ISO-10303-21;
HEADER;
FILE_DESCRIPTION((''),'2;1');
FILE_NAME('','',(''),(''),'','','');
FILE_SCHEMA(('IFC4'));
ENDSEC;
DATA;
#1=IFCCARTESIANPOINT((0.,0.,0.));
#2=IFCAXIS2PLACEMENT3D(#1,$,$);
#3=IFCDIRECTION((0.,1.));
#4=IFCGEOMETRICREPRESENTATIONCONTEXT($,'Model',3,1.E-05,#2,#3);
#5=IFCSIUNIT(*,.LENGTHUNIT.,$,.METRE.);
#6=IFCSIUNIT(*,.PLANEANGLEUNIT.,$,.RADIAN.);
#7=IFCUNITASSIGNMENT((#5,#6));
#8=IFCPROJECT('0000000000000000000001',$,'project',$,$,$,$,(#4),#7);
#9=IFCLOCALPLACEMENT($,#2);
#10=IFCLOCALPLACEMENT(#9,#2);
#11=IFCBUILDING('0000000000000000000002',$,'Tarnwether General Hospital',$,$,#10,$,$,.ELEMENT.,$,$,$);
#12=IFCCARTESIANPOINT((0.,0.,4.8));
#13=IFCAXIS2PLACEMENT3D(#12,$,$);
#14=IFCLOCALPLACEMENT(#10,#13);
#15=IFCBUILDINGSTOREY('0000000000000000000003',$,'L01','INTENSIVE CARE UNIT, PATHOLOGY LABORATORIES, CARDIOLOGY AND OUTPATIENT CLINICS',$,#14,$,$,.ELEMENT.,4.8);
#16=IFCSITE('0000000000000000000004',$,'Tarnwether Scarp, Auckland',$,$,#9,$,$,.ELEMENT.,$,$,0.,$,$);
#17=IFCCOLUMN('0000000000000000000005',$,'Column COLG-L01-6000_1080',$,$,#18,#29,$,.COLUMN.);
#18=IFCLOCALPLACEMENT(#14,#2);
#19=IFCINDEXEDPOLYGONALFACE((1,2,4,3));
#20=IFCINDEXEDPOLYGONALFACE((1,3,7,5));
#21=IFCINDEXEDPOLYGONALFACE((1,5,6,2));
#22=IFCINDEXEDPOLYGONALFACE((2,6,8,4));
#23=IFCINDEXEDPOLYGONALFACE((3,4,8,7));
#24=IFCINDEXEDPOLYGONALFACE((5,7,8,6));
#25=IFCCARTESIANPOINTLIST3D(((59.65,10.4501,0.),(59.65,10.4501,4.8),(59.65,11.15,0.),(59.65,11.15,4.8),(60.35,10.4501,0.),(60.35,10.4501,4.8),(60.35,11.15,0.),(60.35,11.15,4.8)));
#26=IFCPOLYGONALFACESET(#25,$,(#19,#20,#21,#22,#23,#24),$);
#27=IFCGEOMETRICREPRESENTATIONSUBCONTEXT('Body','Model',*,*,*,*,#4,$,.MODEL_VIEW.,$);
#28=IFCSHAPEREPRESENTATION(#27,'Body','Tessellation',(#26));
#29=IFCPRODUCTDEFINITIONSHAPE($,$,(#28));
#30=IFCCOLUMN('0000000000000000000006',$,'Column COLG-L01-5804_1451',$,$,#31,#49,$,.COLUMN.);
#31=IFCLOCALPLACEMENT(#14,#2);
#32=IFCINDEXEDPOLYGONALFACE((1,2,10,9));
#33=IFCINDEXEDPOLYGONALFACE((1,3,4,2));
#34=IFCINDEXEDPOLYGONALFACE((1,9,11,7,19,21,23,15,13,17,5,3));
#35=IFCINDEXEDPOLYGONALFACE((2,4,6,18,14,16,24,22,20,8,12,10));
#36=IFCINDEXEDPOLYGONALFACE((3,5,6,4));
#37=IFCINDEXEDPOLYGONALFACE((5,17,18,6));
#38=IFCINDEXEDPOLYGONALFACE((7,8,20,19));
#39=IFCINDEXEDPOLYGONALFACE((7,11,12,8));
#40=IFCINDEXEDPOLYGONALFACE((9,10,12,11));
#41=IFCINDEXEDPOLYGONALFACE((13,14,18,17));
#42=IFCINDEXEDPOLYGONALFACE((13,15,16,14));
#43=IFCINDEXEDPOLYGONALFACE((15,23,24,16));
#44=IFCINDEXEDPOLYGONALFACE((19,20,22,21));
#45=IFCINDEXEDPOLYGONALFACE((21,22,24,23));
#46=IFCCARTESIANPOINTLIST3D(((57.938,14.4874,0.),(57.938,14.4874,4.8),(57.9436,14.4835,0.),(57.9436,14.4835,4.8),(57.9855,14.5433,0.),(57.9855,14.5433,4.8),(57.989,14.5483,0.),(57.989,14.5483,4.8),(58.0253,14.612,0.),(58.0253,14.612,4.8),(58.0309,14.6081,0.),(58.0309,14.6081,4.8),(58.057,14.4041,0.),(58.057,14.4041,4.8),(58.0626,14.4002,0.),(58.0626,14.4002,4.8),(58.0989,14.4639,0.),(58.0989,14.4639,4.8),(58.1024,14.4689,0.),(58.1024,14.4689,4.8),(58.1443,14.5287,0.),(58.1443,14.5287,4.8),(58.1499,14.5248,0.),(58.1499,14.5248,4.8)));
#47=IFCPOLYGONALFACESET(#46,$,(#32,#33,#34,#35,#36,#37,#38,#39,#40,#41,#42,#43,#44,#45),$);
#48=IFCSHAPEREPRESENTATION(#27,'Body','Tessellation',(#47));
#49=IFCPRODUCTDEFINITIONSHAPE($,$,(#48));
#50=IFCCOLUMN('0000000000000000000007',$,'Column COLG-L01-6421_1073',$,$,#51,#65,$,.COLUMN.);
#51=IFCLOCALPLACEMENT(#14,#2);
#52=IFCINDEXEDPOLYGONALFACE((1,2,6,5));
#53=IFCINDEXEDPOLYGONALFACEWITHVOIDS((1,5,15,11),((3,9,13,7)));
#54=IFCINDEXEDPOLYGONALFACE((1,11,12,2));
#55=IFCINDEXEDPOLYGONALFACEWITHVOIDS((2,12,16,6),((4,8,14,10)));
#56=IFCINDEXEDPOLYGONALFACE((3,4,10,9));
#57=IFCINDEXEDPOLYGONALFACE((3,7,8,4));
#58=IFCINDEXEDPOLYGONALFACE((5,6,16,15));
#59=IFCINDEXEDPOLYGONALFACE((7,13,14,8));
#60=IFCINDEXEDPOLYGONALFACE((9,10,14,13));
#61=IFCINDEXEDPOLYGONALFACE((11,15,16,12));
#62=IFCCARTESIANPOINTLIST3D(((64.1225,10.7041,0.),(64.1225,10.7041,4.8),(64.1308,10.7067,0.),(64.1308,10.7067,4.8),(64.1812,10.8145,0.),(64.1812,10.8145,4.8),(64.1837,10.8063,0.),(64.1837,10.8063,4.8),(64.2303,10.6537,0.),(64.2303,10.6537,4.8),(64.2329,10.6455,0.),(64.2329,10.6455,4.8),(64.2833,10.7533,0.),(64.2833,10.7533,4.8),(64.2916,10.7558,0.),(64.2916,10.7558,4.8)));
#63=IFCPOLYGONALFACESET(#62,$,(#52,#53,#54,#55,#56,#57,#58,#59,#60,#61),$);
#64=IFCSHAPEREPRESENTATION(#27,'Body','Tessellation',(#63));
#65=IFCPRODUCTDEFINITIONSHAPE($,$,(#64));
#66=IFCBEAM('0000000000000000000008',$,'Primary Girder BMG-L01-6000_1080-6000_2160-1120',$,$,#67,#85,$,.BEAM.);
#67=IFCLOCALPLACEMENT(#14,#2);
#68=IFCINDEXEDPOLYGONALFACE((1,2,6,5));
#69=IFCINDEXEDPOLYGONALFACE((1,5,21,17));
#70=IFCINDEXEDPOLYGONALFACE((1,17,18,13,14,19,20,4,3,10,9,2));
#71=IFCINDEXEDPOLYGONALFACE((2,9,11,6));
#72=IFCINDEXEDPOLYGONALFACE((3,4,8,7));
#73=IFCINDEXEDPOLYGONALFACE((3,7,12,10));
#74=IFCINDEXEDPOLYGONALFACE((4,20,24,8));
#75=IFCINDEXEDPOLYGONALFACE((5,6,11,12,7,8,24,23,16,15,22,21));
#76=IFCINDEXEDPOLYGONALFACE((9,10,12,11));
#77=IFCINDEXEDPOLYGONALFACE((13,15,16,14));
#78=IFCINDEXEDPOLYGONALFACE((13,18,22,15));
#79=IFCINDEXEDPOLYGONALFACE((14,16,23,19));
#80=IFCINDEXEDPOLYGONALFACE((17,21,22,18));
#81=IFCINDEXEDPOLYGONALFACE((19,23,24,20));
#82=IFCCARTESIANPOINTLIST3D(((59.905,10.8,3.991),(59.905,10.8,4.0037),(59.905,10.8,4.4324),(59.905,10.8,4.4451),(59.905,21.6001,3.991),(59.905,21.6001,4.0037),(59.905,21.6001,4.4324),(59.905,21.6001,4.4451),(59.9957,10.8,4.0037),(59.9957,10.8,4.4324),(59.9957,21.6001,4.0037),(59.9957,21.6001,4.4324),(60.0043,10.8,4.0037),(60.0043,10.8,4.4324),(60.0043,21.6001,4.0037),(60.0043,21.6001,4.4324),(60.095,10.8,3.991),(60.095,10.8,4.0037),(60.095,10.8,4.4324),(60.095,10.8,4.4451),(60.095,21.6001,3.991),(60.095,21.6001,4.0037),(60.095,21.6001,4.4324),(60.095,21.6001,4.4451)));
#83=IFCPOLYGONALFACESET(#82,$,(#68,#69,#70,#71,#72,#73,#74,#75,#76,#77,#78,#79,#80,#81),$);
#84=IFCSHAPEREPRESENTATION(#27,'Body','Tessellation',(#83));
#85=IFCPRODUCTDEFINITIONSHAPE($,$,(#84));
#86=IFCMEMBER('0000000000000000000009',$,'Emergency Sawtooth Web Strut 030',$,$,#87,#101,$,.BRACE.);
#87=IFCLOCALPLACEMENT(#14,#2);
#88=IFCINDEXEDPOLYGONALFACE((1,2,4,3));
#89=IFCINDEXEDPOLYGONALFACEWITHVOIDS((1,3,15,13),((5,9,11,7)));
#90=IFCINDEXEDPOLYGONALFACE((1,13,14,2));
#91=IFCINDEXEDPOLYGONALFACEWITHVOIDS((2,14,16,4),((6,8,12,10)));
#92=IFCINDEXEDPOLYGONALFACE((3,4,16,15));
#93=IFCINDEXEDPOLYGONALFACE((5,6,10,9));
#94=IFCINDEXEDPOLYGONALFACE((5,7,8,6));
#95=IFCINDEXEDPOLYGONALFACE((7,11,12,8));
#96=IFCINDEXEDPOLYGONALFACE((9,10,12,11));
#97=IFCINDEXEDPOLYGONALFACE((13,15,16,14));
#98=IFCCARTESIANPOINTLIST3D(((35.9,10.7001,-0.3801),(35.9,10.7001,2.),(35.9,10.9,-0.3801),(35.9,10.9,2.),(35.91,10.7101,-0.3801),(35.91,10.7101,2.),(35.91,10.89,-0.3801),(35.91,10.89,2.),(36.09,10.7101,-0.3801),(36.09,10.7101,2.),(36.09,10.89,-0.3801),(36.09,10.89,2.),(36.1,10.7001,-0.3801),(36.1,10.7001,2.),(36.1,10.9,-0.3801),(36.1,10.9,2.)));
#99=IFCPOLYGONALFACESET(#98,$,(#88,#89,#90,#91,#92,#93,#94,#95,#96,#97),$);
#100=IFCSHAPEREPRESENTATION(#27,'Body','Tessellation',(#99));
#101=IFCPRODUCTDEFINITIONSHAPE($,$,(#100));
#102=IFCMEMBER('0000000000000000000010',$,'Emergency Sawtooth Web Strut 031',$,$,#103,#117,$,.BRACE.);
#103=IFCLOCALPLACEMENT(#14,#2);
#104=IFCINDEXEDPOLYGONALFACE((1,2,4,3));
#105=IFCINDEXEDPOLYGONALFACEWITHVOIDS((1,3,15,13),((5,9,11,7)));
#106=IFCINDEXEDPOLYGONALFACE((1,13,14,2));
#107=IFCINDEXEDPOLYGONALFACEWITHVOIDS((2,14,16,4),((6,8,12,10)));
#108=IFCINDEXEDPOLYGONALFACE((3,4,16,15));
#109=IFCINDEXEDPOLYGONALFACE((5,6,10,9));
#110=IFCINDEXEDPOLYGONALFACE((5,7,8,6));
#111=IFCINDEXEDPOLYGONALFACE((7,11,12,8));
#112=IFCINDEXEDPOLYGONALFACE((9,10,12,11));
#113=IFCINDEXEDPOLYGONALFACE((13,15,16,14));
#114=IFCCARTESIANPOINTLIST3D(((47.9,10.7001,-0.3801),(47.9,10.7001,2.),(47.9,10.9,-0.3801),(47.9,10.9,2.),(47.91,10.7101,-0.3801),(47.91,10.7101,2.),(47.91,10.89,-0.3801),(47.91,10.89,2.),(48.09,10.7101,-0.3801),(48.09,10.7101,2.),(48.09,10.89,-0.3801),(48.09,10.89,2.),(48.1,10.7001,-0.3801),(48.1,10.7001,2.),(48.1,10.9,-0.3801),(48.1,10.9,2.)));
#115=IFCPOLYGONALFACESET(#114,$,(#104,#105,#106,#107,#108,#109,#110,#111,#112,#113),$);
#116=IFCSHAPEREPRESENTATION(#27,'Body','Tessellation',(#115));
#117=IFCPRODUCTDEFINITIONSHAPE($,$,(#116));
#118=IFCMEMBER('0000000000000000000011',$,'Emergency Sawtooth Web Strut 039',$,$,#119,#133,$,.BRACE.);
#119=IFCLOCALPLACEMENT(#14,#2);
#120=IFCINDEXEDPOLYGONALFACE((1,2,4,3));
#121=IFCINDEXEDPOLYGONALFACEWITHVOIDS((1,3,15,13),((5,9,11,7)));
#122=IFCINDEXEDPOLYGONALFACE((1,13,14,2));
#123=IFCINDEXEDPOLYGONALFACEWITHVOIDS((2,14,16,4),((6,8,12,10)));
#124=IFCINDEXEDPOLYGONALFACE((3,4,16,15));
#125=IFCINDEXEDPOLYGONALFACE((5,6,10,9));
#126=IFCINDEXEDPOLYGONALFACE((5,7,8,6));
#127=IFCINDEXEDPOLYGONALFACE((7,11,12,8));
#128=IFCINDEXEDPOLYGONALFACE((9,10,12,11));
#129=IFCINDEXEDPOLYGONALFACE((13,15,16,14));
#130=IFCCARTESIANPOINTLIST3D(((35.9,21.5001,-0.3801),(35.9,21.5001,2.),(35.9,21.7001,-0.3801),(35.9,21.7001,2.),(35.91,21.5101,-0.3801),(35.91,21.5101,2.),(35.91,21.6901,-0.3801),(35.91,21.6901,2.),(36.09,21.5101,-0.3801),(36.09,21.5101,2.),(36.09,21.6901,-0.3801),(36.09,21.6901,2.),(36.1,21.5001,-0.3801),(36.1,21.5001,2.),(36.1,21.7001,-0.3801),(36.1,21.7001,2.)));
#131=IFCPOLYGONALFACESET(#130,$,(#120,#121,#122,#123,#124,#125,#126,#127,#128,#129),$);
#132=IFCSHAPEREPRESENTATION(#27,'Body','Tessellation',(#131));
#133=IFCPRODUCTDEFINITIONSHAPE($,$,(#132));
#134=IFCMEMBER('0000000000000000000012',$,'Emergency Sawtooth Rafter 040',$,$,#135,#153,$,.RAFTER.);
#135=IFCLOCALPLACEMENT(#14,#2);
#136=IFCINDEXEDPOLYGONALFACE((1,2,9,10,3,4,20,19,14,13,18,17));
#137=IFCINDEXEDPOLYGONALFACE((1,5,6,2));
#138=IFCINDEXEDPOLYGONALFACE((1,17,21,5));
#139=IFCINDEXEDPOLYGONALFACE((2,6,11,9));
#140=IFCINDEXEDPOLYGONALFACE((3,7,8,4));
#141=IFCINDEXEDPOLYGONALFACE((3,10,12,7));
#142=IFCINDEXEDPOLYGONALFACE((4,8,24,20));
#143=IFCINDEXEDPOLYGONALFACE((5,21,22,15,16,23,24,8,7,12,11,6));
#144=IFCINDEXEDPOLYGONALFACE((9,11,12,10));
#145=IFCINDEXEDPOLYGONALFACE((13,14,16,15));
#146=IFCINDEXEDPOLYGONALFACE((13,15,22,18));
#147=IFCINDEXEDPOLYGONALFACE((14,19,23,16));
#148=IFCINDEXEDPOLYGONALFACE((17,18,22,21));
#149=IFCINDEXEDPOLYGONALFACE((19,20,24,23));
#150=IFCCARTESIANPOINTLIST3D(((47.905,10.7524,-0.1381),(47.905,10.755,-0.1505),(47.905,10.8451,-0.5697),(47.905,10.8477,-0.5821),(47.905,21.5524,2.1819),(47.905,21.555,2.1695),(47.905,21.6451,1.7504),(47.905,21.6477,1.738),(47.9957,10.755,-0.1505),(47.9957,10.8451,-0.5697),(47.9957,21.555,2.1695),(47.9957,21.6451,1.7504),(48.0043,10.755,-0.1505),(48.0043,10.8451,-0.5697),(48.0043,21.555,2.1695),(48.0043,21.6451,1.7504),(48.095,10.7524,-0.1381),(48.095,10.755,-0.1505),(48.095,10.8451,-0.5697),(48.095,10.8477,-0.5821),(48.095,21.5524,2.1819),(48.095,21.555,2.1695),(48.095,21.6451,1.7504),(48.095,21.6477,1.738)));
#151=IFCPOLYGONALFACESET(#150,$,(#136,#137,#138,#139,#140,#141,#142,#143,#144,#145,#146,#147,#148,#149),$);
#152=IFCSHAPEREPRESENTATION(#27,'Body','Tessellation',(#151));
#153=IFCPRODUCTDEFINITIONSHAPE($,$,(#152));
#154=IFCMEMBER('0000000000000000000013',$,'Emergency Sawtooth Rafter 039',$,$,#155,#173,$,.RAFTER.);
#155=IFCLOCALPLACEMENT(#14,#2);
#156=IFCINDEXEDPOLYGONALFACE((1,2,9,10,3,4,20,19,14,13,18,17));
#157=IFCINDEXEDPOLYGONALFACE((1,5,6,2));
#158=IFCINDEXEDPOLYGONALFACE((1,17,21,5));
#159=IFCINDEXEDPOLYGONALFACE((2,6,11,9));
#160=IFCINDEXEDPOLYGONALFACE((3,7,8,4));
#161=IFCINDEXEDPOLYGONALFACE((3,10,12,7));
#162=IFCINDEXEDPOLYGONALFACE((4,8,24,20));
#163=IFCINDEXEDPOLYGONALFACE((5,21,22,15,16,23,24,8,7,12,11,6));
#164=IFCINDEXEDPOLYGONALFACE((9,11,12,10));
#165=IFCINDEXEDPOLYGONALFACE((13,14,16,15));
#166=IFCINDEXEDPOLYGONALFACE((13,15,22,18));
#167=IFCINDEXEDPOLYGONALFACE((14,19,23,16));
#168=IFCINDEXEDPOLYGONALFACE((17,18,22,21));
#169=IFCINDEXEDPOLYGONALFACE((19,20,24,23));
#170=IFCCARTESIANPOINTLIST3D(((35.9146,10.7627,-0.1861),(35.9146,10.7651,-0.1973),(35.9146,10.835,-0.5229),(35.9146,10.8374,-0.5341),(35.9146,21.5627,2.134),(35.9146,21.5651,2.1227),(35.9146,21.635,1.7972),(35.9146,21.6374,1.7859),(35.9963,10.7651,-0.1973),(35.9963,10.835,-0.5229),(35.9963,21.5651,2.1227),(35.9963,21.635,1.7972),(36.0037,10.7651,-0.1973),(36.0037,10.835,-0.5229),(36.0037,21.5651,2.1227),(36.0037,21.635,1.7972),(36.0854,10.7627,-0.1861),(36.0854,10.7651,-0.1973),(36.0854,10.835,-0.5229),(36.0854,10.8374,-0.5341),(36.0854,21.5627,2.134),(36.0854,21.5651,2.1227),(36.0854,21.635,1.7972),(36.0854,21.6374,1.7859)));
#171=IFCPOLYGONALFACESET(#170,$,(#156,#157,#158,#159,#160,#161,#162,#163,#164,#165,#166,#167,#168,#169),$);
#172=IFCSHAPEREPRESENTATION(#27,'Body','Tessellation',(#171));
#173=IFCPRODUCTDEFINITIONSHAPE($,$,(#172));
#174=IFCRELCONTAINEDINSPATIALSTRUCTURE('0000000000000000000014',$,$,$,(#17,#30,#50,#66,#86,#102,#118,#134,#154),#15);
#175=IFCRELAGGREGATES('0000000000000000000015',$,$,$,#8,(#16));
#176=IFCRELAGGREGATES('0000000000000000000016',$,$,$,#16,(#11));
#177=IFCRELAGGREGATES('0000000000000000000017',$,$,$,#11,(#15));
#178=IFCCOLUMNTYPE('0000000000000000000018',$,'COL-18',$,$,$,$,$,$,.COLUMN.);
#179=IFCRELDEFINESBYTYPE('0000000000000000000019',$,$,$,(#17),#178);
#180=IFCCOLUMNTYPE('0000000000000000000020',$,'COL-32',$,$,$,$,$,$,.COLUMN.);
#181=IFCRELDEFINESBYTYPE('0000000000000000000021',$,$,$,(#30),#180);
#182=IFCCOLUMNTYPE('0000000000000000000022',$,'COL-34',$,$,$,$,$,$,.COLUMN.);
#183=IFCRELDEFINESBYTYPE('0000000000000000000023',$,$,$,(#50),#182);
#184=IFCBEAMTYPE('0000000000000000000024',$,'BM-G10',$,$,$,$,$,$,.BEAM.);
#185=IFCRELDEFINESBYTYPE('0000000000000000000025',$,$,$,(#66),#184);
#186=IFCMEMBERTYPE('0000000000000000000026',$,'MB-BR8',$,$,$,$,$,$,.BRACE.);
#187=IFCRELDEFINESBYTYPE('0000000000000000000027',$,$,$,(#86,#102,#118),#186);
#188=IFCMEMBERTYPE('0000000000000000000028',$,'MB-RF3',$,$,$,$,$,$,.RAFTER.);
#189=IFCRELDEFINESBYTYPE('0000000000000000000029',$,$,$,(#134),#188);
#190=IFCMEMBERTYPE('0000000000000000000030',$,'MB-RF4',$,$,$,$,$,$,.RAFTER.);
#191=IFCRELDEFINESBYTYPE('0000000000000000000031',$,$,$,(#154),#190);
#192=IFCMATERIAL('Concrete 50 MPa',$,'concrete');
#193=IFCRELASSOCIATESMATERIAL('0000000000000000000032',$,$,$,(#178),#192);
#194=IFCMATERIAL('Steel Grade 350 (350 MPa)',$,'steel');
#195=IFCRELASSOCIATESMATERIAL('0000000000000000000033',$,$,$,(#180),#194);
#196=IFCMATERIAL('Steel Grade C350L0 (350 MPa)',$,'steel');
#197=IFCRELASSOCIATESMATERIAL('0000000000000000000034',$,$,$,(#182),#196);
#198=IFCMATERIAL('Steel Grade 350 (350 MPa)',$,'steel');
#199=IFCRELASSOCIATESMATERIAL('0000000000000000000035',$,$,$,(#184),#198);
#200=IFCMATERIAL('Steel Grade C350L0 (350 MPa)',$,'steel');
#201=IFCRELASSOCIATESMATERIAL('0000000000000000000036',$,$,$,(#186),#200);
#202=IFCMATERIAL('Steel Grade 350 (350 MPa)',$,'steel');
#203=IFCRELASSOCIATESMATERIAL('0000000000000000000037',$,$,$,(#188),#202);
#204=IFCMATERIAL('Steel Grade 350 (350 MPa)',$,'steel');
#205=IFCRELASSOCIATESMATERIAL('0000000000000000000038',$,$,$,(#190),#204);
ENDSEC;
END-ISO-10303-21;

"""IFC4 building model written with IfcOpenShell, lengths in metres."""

from ifc_helpers import new_model, si_unit, direction, frame, origin, origin_2d, place, context, subcontext, project, spatial, rectangle, hollow_rectangle, i_section, extrude, material, material_profile, profile_set, type_object, element, save


model = new_model("IFC4")

# Units and contexts
model_context = context("Model", 3, precision=1e-05, world=origin(), true_north=direction((0.0, 1.0)))
body_context = subcontext(model_context, "Body", "Model", "MODEL_VIEW")
ifc_project = project(units=[si_unit("LENGTHUNIT", "METRE"), si_unit("PLANEANGLEUNIT", "RADIAN")], contexts=[model_context])

# Site, building, storey
site_placement = place(None, origin())
site = spatial("IfcSite", under=ifc_project, at=site_placement, Name="Tarnwether Scarp, Auckland", CompositionType="ELEMENT", RefElevation=0.0)
building_placement = place(site_placement, origin())
building = spatial("IfcBuilding", under=site, at=building_placement, Name="Tarnwether General Hospital", CompositionType="ELEMENT")
storey_placement = place(building_placement, frame((0.0, 0.0, 4.8)))
storey = spatial("IfcBuildingStorey", under=building, at=storey_placement, Name="L01", Description="INTENSIVE CARE UNIT, PATHOLOGY LABORATORIES, CARDIOLOGY AND OUTPATIENT CLINICS", CompositionType="ELEMENT", Elevation=4.8)

# Columns
ifc_material_1 = material(Name="Concrete 50 MPa", Category="concrete")
ifc_material_profile_1 = material_profile(ifc_material_1, rectangle(XDim=0.7, YDim=0.7, at=origin_2d()), Name="RC-COL-700x700")
ifc_profile_set_1 = profile_set([ifc_material_profile_1], Name="Concrete 50 MPa")
column_type_1 = type_object("IfcColumnType", Name="COL-18", PredefinedType="COLUMN", material=ifc_profile_set_1)
column_1_placement = place(storey_placement, frame((60.0, 10.8, 0.0), z_axis=(0.0, 0.0, 1.0), x_axis=(0.0, 1.0, 0.0)))
element("IfcColumn", 1, at=column_1_placement, inside=storey, type_object=column_type_1, Name="Column COLG-L01-6000_1080", PredefinedType="COLUMN", context=body_context, shape_type="SweptSolid", body=[
    extrude(rectangle(XDim=0.7, YDim=0.7, at=origin_2d()), origin(), (0.0, 0.0, 1.0), 4.8),
])
ifc_material_2 = material(Name="Steel Grade 350 (350 MPa)", Category="steel")
ifc_material_profile_2 = material_profile(ifc_material_2, i_section(OverallWidth=0.1521, OverallDepth=0.1521, WebThickness=0.0061, FlangeThickness=0.0068, at=origin_2d()), Name="150UC23.4")
ifc_profile_set_2 = profile_set([ifc_material_profile_2], Name="Steel Grade 350 (350 MPa)")
column_type_2 = type_object("IfcColumnType", Name="COL-32", PredefinedType="COLUMN", material=ifc_profile_set_2)
column_2_placement = place(storey_placement, frame((58.0439, 14.5061, 0.0), z_axis=(0.0, 0.0, 1.0), x_axis=(0.573576, 0.819152, 0.0)))
element("IfcColumn", 2, at=column_2_placement, inside=storey, type_object=column_type_2, Name="Column COLG-L01-5804_1451", PredefinedType="COLUMN", context=body_context, shape_type="SweptSolid", body=[
    extrude(i_section(OverallWidth=0.1521, OverallDepth=0.1521, WebThickness=0.0061, FlangeThickness=0.0068, at=origin_2d()), origin(), (0.0, 0.0, 1.0), 4.8),
])
ifc_material_3 = material(Name="Steel Grade C350L0 (350 MPa)", Category="steel")
ifc_material_profile_3 = material_profile(ifc_material_3, hollow_rectangle(XDim=0.125, YDim=0.125, WallThickness=0.0061, at=origin_2d()), Name="SHS125x125x6")
ifc_profile_set_3 = profile_set([ifc_material_profile_3], Name="Steel Grade C350L0 (350 MPa)")
column_type_3 = type_object("IfcColumnType", Name="COL-34", PredefinedType="COLUMN", material=ifc_profile_set_3)
column_3_placement = place(storey_placement, frame((64.207, 10.73, 0.0), z_axis=(0.0, 0.0, 1.0), x_axis=(0.469472, 0.882948, 0.0)))
element("IfcColumn", 3, at=column_3_placement, inside=storey, type_object=column_type_3, Name="Column COLG-L01-6421_1073", PredefinedType="COLUMN", context=body_context, shape_type="SweptSolid", body=[
    extrude(hollow_rectangle(XDim=0.125, YDim=0.125, WallThickness=0.0061, at=origin_2d()), origin(), (0.0, 0.0, 1.0), 4.8),
])

# Beam
ifc_material_4 = material(Name="Steel Grade 350 (350 MPa)", Category="steel")
ifc_material_profile_4 = material_profile(ifc_material_4, i_section(OverallWidth=0.1899, OverallDepth=0.4541, WebThickness=0.0085, FlangeThickness=0.0127, at=origin_2d()), Name="460UB67.1")
ifc_profile_set_4 = profile_set([ifc_material_profile_4], Name="Steel Grade 350 (350 MPa)")
beam_type = type_object("IfcBeamType", Name="BM-G10", PredefinedType="BEAM", material=ifc_profile_set_4)
beam_placement = place(storey_placement, frame((60.0, 10.8, 4.218), z_axis=(0.0, 1.0, 0.0), x_axis=(-1.0, 0.0, 0.0)))
element("IfcBeam", 4, at=beam_placement, inside=storey, type_object=beam_type, Name="Primary Girder BMG-L01-6000_1080-6000_2160-1120", PredefinedType="BEAM", context=body_context, shape_type="SweptSolid", body=[
    extrude(i_section(OverallWidth=0.1899, OverallDepth=0.4541, WebThickness=0.0085, FlangeThickness=0.0127, at=origin_2d()), origin(), (0.0, 0.0, 1.0), 10.8),
])

# Members
ifc_material_5 = material(Name="Steel Grade C350L0 (350 MPa)", Category="steel")
ifc_material_profile_5 = material_profile(ifc_material_5, hollow_rectangle(XDim=0.2, YDim=0.2, WallThickness=0.01, at=origin_2d()), Name="SHS200x200x10")
ifc_profile_set_5 = profile_set([ifc_material_profile_5], Name="Steel Grade C350L0 (350 MPa)")
member_type_1 = type_object("IfcMemberType", Name="MB-BR8", PredefinedType="BRACE", material=ifc_profile_set_5)
for number, where, z_axis, x_axis, name in (
    (5, (36.0, 10.8, -0.3801), (0.0, 0.0, 1.0), (1.0, 0.0, 0.0), "Emergency Sawtooth Web Strut 030"),
    (6, (48.0, 10.8, -0.3801), (0.0, 0.0, 1.0), (1.0, 0.0, 0.0), "Emergency Sawtooth Web Strut 031"),
    (7, (36.0, 21.6001, -0.3801), (0.0, 0.0, 1.0), (1.0, 0.0, 0.0), "Emergency Sawtooth Web Strut 039"),
):
    element("IfcMember", number, at=place(storey_placement, frame(where, z_axis=z_axis, x_axis=x_axis)), inside=storey, type_object=member_type_1, Name=name, PredefinedType="BRACE", context=body_context, shape_type="SweptSolid", body=[
        extrude(hollow_rectangle(XDim=0.2, YDim=0.2, WallThickness=0.01, at=origin_2d()), origin(), (0.0, 0.0, 1.0), 2.3801),
    ])
ifc_material_6 = material(Name="Steel Grade 350 (350 MPa)", Category="steel")
ifc_material_profile_6 = material_profile(ifc_material_6, i_section(OverallWidth=0.1899, OverallDepth=0.4541, WebThickness=0.0085, FlangeThickness=0.0127, at=origin_2d()), Name="460UB67.1")
ifc_profile_set_6 = profile_set([ifc_material_profile_6], Name="Steel Grade 350 (350 MPa)")
member_type_2 = type_object("IfcMemberType", Name="MB-RF3", PredefinedType="RAFTER", material=ifc_profile_set_6)
member_1_placement = place(storey_placement, frame((48.0, 10.8, -0.3601), z_axis=(0.0, 0.977695, 0.210029), x_axis=(-1.0, 0.0, 0.0)))
element("IfcMember", 8, at=member_1_placement, inside=storey, type_object=member_type_2, Name="Emergency Sawtooth Rafter 040", PredefinedType="RAFTER", context=body_context, shape_type="SweptSolid", body=[
    extrude(i_section(OverallWidth=0.1899, OverallDepth=0.4541, WebThickness=0.0085, FlangeThickness=0.0127, at=origin_2d()), origin(), (0.0, 0.0, 1.0), 11.0464),
])
ifc_material_7 = material(Name="Steel Grade 350 (350 MPa)", Category="steel")
ifc_material_profile_7 = material_profile(ifc_material_7, i_section(OverallWidth=0.1709, OverallDepth=0.356, WebThickness=0.0073, FlangeThickness=0.0115, at=origin_2d()), Name="360UB50.7")
ifc_profile_set_7 = profile_set([ifc_material_profile_7], Name="Steel Grade 350 (350 MPa)")
member_type_3 = type_object("IfcMemberType", Name="MB-RF4", PredefinedType="RAFTER", material=ifc_profile_set_7)
member_2_placement = place(storey_placement, frame((36.0, 10.8, -0.3601), z_axis=(0.0, 0.977695, 0.210029), x_axis=(-1.0, 0.0, 0.0)))
element("IfcMember", 9, at=member_2_placement, inside=storey, type_object=member_type_3, Name="Emergency Sawtooth Rafter 039", PredefinedType="RAFTER", context=body_context, shape_type="SweptSolid", body=[
    extrude(i_section(OverallWidth=0.1709, OverallDepth=0.356, WebThickness=0.0073, FlangeThickness=0.0115, at=origin_2d()), origin(), (0.0, 0.0, 1.0), 11.0464),
])

save(model, "model.ifc")
